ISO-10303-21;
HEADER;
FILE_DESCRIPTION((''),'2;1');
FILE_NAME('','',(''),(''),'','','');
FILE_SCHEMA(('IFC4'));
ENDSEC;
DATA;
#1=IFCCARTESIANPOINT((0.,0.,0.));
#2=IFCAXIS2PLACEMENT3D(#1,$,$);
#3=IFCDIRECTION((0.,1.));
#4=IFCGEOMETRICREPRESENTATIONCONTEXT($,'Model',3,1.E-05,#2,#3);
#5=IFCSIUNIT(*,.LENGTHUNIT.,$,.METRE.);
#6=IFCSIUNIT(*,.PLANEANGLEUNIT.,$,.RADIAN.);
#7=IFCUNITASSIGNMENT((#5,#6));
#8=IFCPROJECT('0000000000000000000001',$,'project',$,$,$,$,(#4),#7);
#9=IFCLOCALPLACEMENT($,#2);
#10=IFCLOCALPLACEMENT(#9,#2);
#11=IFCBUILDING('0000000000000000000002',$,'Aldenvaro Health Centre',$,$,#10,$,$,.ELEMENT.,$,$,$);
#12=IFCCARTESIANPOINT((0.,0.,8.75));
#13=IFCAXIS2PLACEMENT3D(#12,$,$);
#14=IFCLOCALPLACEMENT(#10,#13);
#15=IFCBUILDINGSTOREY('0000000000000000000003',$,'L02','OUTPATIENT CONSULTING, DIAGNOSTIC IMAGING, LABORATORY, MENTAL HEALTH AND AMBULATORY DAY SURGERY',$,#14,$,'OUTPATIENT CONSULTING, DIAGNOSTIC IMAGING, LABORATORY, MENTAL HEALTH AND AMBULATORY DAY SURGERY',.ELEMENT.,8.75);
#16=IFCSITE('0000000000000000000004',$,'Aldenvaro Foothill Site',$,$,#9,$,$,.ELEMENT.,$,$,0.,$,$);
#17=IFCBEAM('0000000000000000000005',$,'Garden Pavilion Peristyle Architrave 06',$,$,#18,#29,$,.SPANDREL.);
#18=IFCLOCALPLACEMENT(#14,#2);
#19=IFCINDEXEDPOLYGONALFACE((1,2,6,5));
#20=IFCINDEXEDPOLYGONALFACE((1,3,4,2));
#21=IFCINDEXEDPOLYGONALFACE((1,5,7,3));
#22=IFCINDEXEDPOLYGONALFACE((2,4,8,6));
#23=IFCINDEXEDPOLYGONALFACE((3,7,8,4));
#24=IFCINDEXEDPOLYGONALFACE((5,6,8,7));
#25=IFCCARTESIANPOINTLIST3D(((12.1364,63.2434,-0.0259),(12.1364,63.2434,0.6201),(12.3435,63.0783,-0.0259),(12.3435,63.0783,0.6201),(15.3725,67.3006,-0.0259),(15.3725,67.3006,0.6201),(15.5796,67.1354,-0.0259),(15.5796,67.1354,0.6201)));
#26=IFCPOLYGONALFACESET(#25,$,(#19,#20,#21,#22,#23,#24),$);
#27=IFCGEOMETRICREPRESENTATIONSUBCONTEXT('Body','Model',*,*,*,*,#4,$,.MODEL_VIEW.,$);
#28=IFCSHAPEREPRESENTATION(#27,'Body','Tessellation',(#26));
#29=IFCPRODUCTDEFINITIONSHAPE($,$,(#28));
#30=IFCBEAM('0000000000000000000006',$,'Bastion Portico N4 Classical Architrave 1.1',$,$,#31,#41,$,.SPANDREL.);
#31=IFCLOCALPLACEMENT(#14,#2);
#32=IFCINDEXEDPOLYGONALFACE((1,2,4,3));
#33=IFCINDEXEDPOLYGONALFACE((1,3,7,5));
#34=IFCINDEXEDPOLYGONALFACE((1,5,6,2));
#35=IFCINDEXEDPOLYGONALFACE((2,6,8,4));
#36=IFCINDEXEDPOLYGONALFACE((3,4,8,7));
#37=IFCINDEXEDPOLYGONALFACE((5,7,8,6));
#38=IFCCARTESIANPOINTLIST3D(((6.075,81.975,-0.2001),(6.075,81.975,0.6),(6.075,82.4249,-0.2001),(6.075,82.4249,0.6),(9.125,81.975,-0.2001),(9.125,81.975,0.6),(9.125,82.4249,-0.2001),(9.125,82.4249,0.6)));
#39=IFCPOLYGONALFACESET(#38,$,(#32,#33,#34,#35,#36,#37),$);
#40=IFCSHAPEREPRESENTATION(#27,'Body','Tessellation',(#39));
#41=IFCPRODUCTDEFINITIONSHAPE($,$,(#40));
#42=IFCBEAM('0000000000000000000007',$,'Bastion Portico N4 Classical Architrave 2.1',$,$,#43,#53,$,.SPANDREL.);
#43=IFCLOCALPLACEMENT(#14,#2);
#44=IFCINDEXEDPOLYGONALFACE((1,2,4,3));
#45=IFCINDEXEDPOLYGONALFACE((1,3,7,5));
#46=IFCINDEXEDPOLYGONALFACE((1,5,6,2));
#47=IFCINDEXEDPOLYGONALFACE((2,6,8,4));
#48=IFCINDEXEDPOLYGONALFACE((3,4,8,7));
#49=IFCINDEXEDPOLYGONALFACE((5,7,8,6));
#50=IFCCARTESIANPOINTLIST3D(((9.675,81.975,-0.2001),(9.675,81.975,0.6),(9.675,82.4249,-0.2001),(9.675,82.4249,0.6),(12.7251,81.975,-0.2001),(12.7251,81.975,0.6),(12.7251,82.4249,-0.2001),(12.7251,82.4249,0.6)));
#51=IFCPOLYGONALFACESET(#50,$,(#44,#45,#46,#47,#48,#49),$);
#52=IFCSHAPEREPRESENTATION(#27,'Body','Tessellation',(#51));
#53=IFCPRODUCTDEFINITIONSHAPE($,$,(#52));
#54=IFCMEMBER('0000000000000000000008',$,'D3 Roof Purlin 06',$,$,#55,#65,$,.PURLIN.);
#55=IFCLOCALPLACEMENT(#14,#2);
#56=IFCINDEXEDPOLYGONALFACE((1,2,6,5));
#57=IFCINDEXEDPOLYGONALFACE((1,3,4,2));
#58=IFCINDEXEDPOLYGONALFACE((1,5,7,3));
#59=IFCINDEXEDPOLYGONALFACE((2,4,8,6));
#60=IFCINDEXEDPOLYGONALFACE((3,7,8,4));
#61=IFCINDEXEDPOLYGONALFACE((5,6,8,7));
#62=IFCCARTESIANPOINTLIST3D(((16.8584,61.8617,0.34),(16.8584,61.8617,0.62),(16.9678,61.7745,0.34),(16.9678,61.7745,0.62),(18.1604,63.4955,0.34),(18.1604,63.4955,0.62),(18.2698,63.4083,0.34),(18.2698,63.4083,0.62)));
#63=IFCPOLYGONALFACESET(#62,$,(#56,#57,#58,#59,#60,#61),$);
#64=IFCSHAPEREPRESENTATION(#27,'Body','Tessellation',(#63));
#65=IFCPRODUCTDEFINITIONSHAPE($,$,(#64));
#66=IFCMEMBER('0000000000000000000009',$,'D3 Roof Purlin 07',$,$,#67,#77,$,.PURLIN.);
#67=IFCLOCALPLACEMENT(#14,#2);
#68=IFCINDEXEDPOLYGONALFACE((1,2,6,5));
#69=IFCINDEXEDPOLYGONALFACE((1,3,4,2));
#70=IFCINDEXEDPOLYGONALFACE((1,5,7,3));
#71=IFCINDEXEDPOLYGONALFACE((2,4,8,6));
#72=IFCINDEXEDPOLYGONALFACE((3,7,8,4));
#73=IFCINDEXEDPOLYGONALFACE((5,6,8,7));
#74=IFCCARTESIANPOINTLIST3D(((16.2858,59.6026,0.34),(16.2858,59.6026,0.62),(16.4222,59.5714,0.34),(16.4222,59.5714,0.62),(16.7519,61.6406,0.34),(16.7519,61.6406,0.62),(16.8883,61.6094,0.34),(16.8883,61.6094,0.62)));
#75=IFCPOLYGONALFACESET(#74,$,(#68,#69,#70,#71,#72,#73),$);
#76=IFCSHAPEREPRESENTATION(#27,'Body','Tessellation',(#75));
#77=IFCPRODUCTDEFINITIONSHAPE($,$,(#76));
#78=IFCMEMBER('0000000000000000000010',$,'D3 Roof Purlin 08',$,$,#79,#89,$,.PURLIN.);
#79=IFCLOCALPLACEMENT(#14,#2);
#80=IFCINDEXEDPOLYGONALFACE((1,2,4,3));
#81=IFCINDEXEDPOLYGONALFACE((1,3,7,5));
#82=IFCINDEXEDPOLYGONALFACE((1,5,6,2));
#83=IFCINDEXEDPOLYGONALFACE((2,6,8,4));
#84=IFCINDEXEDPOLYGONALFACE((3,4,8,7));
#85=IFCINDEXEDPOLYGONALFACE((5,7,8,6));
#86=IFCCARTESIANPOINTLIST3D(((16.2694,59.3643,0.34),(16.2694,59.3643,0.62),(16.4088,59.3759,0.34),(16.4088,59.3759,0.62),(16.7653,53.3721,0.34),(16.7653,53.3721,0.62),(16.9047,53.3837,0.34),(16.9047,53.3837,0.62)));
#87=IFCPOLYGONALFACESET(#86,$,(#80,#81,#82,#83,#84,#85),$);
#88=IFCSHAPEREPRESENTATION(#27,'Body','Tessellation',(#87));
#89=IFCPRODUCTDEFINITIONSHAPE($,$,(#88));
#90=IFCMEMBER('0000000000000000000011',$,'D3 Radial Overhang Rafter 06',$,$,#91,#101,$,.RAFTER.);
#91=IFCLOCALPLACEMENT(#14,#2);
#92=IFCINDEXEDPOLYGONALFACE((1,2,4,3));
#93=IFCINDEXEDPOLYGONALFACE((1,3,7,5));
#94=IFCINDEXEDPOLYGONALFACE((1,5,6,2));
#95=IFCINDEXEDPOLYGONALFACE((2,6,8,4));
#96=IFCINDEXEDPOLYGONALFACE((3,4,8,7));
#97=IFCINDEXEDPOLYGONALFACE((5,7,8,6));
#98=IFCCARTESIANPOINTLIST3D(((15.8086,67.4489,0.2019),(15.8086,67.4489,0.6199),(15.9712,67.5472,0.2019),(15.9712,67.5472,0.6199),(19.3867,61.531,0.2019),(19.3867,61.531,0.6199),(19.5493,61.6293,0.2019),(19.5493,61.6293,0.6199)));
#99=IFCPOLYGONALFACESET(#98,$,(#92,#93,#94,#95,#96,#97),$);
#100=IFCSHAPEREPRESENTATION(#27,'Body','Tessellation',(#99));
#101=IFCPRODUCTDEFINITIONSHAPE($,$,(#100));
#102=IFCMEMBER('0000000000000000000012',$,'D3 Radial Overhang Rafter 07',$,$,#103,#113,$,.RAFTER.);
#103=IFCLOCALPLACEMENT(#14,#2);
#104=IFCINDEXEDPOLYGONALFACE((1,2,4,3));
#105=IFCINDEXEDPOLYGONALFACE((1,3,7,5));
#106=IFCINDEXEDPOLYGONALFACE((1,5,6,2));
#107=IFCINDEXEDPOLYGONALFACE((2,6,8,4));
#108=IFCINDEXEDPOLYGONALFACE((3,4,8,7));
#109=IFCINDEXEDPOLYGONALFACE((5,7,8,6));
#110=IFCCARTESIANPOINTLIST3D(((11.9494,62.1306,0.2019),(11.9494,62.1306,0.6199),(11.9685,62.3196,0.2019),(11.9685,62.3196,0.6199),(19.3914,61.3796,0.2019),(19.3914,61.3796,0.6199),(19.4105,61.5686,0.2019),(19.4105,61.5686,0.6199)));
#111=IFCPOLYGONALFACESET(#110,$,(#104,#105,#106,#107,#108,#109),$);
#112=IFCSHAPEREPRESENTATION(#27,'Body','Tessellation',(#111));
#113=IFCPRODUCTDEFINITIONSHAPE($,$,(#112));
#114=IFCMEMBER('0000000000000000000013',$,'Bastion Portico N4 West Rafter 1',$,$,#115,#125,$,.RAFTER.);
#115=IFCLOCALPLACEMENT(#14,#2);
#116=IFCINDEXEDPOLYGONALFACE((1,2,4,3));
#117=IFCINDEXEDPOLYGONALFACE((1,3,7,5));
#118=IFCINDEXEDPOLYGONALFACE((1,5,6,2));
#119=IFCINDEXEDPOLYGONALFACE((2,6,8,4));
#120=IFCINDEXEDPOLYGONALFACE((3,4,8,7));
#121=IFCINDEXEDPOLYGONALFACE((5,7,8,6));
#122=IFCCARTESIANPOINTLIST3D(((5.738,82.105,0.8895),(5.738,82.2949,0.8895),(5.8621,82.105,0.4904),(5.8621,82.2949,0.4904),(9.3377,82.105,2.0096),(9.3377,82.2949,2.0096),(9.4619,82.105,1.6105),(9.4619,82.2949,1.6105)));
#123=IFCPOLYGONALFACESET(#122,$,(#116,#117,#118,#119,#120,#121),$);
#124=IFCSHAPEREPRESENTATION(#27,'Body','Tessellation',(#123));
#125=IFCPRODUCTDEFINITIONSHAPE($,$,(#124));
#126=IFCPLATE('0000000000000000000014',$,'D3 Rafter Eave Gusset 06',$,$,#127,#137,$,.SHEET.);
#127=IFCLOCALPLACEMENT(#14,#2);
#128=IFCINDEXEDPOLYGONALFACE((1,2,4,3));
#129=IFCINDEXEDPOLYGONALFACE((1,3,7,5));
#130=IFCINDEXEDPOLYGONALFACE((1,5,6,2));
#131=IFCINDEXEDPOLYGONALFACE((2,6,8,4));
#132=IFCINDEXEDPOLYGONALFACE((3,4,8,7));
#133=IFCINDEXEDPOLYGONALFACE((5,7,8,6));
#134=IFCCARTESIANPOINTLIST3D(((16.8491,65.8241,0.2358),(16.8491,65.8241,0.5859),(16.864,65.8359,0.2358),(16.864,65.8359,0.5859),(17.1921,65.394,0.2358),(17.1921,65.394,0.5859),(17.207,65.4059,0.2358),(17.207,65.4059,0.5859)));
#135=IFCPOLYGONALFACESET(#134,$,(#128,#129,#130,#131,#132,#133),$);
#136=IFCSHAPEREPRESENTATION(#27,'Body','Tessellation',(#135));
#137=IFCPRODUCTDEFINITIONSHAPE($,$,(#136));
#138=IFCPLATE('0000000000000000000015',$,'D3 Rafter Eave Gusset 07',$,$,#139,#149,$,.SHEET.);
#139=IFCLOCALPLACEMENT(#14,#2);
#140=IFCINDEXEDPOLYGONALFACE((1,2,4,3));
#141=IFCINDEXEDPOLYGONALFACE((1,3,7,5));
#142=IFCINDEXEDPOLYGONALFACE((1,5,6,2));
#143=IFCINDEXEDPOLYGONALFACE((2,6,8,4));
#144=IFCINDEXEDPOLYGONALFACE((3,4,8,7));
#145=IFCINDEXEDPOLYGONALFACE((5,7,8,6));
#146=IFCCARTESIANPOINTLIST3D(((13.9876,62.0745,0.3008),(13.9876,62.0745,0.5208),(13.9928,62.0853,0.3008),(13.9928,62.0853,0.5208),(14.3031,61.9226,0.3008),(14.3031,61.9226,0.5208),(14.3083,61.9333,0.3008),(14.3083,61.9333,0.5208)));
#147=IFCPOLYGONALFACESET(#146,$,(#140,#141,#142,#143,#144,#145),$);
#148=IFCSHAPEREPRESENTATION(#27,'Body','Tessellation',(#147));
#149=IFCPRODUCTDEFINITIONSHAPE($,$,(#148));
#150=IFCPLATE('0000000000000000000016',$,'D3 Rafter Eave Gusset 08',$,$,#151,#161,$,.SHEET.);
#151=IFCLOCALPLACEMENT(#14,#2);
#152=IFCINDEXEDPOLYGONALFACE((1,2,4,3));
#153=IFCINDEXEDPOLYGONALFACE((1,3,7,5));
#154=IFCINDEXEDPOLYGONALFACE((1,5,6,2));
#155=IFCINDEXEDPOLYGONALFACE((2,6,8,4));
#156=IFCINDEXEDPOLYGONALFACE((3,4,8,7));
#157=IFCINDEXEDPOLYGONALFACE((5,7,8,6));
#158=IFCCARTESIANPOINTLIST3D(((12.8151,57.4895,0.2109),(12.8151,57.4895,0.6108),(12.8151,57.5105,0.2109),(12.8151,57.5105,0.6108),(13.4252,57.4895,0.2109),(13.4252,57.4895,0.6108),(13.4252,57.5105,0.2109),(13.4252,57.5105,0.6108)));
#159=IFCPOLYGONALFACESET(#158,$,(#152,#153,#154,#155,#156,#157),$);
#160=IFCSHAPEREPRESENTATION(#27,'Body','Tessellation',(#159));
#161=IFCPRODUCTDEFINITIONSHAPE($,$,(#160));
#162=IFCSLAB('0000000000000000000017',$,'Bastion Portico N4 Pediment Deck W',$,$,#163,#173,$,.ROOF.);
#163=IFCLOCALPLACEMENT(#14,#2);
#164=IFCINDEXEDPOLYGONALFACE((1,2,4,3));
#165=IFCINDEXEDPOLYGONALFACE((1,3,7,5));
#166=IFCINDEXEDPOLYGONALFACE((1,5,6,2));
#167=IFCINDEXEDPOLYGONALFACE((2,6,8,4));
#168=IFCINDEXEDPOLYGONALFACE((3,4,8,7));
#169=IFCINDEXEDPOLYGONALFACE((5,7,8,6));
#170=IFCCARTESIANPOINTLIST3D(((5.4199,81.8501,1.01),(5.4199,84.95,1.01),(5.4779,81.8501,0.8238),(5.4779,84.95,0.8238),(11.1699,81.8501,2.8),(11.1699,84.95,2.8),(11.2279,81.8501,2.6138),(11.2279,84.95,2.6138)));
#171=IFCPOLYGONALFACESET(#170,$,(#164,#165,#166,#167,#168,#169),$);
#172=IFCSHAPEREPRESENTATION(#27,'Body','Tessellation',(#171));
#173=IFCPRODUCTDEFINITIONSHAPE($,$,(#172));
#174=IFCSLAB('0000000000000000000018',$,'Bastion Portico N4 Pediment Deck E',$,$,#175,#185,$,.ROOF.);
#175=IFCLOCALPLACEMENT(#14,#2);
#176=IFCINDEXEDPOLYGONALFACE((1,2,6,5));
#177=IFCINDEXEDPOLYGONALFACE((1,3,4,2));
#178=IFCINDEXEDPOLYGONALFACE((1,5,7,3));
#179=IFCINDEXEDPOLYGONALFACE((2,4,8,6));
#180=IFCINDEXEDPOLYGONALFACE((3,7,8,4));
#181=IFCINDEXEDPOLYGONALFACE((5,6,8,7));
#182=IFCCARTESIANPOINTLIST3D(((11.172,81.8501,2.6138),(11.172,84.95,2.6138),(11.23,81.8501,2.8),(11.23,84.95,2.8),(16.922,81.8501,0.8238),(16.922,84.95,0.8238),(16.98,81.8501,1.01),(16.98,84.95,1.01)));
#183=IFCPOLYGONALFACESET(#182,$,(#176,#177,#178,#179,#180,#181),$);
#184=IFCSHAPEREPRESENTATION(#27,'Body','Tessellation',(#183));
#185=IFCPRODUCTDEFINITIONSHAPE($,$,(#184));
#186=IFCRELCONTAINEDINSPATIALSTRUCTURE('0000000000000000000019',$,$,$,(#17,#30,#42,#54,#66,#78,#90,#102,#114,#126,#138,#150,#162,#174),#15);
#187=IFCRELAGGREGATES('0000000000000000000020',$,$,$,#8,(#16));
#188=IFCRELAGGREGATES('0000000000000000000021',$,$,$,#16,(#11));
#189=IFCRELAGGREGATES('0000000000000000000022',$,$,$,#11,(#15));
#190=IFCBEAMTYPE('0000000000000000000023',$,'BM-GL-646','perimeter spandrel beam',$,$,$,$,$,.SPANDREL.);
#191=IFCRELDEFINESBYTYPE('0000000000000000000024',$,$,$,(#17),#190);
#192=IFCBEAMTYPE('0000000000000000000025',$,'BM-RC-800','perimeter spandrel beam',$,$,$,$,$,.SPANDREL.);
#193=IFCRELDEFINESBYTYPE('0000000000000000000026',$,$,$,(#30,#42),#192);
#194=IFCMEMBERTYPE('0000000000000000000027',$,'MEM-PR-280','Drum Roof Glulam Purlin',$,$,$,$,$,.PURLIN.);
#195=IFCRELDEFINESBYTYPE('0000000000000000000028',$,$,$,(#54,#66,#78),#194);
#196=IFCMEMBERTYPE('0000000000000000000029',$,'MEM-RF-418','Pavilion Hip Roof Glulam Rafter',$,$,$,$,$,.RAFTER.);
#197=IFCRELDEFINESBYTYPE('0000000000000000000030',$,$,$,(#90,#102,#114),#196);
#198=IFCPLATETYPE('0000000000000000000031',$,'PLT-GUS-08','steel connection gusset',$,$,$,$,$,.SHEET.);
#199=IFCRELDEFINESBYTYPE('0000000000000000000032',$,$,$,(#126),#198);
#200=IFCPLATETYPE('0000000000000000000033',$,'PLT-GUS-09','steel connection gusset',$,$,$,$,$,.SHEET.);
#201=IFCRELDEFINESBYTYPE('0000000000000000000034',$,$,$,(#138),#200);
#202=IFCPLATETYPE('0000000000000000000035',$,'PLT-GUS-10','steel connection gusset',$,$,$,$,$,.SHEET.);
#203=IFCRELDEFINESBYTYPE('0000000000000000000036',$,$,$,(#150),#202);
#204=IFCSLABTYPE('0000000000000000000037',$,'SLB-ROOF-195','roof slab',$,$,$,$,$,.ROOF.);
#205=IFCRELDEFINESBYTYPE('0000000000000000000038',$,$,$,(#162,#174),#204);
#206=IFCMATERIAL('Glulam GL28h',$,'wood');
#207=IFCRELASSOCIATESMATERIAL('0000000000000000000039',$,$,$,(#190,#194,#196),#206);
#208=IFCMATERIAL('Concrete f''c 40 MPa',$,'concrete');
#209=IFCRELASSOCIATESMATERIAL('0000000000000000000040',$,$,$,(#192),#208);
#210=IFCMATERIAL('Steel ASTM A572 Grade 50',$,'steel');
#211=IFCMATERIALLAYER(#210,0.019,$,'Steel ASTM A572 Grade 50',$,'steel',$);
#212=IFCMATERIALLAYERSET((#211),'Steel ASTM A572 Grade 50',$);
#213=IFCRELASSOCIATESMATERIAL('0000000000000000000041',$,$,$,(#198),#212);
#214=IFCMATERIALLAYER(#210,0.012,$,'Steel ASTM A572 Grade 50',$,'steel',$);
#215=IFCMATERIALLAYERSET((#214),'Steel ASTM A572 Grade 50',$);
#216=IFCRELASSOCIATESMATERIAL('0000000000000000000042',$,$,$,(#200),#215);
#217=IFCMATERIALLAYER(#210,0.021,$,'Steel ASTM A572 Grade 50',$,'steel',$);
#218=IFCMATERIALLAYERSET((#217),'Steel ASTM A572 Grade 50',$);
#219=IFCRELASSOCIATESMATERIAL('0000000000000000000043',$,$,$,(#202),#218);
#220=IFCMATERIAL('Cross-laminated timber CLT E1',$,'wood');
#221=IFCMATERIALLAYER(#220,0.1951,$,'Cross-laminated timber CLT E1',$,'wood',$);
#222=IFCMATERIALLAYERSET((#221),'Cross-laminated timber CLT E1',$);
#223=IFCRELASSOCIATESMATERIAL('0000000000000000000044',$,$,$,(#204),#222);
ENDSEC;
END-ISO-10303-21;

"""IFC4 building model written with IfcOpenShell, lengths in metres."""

from ifc_helpers import new_model, si_unit, direction, frame, origin, origin_2d, place, context, subcontext, project, spatial, polyline, rectangle, outline, extrude, material, layer, layer_set, material_profile, profile_set, type_object, element, save


model = new_model("IFC4")

# Units and contexts
model_context = context("Model", 3, precision=1e-05, world=origin(), true_north=direction((0.0, 1.0)))
body_context = subcontext(model_context, "Body", "Model", "MODEL_VIEW")
ifc_project = project(units=[si_unit("LENGTHUNIT", "METRE"), si_unit("PLANEANGLEUNIT", "RADIAN")], contexts=[model_context])

# Site, building, storey
site_placement = place(None, origin())
site = spatial("IfcSite", under=ifc_project, at=site_placement, Name="Aldenvaro Foothill Site", CompositionType="ELEMENT", RefElevation=0.0)
building_placement = place(site_placement, origin())
building = spatial("IfcBuilding", under=site, at=building_placement, Name="Aldenvaro Health Centre", CompositionType="ELEMENT")
storey_placement = place(building_placement, frame((0.0, 0.0, 8.75)))
storey = spatial("IfcBuildingStorey", under=building, at=storey_placement, Name="L02", Description="OUTPATIENT CONSULTING, DIAGNOSTIC IMAGING, LABORATORY, MENTAL HEALTH AND AMBULATORY DAY SURGERY", LongName="OUTPATIENT CONSULTING, DIAGNOSTIC IMAGING, LABORATORY, MENTAL HEALTH AND AMBULATORY DAY SURGERY", CompositionType="ELEMENT", Elevation=8.75)

# Shared definitions
ifc_material_1 = material(Name="Glulam GL28h", Category="wood")
ifc_material_2 = material(Name="Concrete f'c 40 MPa", Category="concrete")

# Beams
ifc_material_profile_1 = material_profile(ifc_material_1, rectangle(XDim=0.2649, YDim=0.646, at=origin_2d()), Name="GL 265x646", Category="wood")
ifc_profile_set_1 = profile_set([ifc_material_profile_1], Name="Glulam GL28h")
beam_type_1 = type_object("IfcBeamType", Name="BM-GL-646", Description="perimeter spandrel beam", PredefinedType="SPANDREL", material=ifc_profile_set_1)
beam_1_placement = place(storey_placement, frame((15.4761, 67.218, 0.2971), z_axis=(-0.623564, -0.781772, 0.0), x_axis=(0.781772, -0.623564, 0.0)))
element("IfcBeam", 1, at=beam_1_placement, inside=storey, type_object=beam_type_1, Name="Garden Pavilion Peristyle Architrave 06", PredefinedType="SPANDREL", context=body_context, shape_type="SweptSolid", body=[
    extrude(rectangle(XDim=0.2649, YDim=0.646, at=origin_2d()), origin(), (0.0, 0.0, 1.0), 5.1897),
])
ifc_material_profile_2 = material_profile(ifc_material_2, rectangle(XDim=0.45, YDim=0.8, at=origin_2d()), Name="RC 450x800", Category="concrete")
ifc_profile_set_2 = profile_set([ifc_material_profile_2], Name="Concrete f'c 40 MPa")
beam_type_2 = type_object("IfcBeamType", Name="BM-RC-800", Description="perimeter spandrel beam", PredefinedType="SPANDREL", material=ifc_profile_set_2)
for number, where, z_axis, x_axis, name in (
    (2, (6.075, 82.2, 0.2), (1.0, 0.0, 0.0), (0.0, 1.0, 0.0), "Bastion Portico N4 Classical Architrave 1.1"),
    (3, (9.675, 82.2, 0.2), (1.0, 0.0, 0.0), (0.0, 1.0, 0.0), "Bastion Portico N4 Classical Architrave 2.1"),
):
    element("IfcBeam", number, at=place(storey_placement, frame(where, z_axis=z_axis, x_axis=x_axis)), inside=storey, type_object=beam_type_2, Name=name, PredefinedType="SPANDREL", context=body_context, shape_type="SweptSolid", body=[
        extrude(rectangle(XDim=0.45, YDim=0.8, at=origin_2d()), origin(), (0.0, 0.0, 1.0), 3.05),
    ])

# Members
ifc_material_profile_3 = material_profile(ifc_material_1, rectangle(XDim=0.1399, YDim=0.28, at=origin_2d()), Name="GL 140x280", Category="wood")
ifc_profile_set_3 = profile_set([ifc_material_profile_3], Name="Glulam GL28h")
member_type_1 = type_object("IfcMemberType", Name="MEM-PR-280", Description="Drum Roof Glulam Purlin", PredefinedType="PURLIN", material=ifc_profile_set_3)
member_1_placement = place(storey_placement, frame((18.2151, 63.4519, 0.48), z_axis=(-0.623226, -0.782042, 0.0), x_axis=(0.782042, -0.623226, 0.0)))
element("IfcMember", 4, at=member_1_placement, inside=storey, type_object=member_type_1, Name="D3 Roof Purlin 06", PredefinedType="PURLIN", context=body_context, shape_type="SweptSolid", body=[
    extrude(rectangle(XDim=0.1399, YDim=0.28, at=origin_2d()), origin(), (0.0, 0.0, 1.0), 2.0891),
])
member_2_placement = place(storey_placement, frame((16.8201, 61.625, 0.48), z_axis=(-0.222923, -0.974836, 0.0), x_axis=(0.974836, -0.222923, 0.0)))
element("IfcMember", 5, at=member_2_placement, inside=storey, type_object=member_type_1, Name="D3 Roof Purlin 07", PredefinedType="PURLIN", context=body_context, shape_type="SweptSolid", body=[
    extrude(rectangle(XDim=0.1399, YDim=0.28, at=origin_2d()), origin(), (0.0, 0.0, 1.0), 2.0906),
])
member_3_placement = place(storey_placement, frame((16.3391, 59.3701, 0.48), z_axis=(0.082467, -0.996594, 0.0), x_axis=(0.996594, 0.082467, 0.0)))
element("IfcMember", 6, at=member_3_placement, inside=storey, type_object=member_type_1, Name="D3 Roof Purlin 08", PredefinedType="PURLIN", context=body_context, shape_type="SweptSolid", body=[
    extrude(rectangle(XDim=0.1399, YDim=0.28, at=origin_2d()), origin(), (0.0, 0.0, 1.0), 6.0127),
])
ifc_material_profile_4 = material_profile(ifc_material_1, rectangle(XDim=0.1899, YDim=0.418, at=origin_2d()), Name="GL 190x418", Category="wood")
ifc_profile_set_4 = profile_set([ifc_material_profile_4], Name="Glulam GL28h")
member_type_2 = type_object("IfcMemberType", Name="MEM-RF-418", Description="Pavilion Hip Roof Glulam Rafter", PredefinedType="RAFTER", material=ifc_profile_set_4)
member_4_placement = place(storey_placement, frame((15.8899, 67.498, 0.4109), z_axis=(0.5174, -0.855744, 0.0), x_axis=(0.855744, 0.5174, 0.0)))
element("IfcMember", 7, at=member_4_placement, inside=storey, type_object=member_type_2, Name="D3 Radial Overhang Rafter 06", PredefinedType="RAFTER", context=body_context, shape_type="SweptSolid", body=[
    extrude(rectangle(XDim=0.1899, YDim=0.418, at=origin_2d()), origin(), (0.0, 0.0, 1.0), 6.9155),
])
member_5_placement = place(storey_placement, frame((11.959, 62.2251, 0.4109), z_axis=(0.994947, -0.100402, 0.0), x_axis=(0.100402, 0.994947, 0.0)))
element("IfcMember", 8, at=member_5_placement, inside=storey, type_object=member_type_2, Name="D3 Radial Overhang Rafter 07", PredefinedType="RAFTER", context=body_context, shape_type="SweptSolid", body=[
    extrude(rectangle(XDim=0.1899, YDim=0.418, at=origin_2d()), origin(), (0.0, 0.0, 1.0), 7.4797),
])
member_6_placement = place(storey_placement, frame((5.8, 82.2, 0.6899), z_axis=(0.954845, 0.0, 0.297106), x_axis=(0.0, 1.0, 0.0)))
element("IfcMember", 9, at=member_6_placement, inside=storey, type_object=member_type_2, Name="Bastion Portico N4 West Rafter 1", PredefinedType="RAFTER", context=body_context, shape_type="SweptSolid", body=[
    extrude(rectangle(XDim=0.1899, YDim=0.418, at=origin_2d()), origin(), (0.0, 0.0, 1.0), 3.77),
])

# Plates
ifc_material_3 = material(Name="Steel ASTM A572 Grade 50", Category="steel")
ifc_layer_1 = layer(ifc_material_3, 0.019, Name="Steel ASTM A572 Grade 50", Category="steel")
ifc_layer_set_1 = layer_set([ifc_layer_1], Name="Steel ASTM A572 Grade 50")
plate_type_1 = type_object("IfcPlateType", Name="PLT-GUS-08", Description="steel connection gusset", PredefinedType="SHEET", material=ifc_layer_set_1)
plate_1_placement = place(storey_placement, frame((17.0281, 65.615, 0.2358), z_axis=(0.0, 0.0, 1.0), x_axis=(-0.623519, 0.781808, 0.0)))
element("IfcPlate", 10, at=plate_1_placement, inside=storey, type_object=plate_type_1, Name="D3 Rafter Eave Gusset 06", PredefinedType="SHEET", context=body_context, shape_type="SweptSolid", body=[
    extrude(rectangle(XDim=0.55, YDim=0.019, at=origin_2d()), origin(), (0.0, 0.0, 1.0), 0.3501),
])
ifc_layer_2 = layer(ifc_material_3, 0.012, Name="Steel ASTM A572 Grade 50", Category="steel")
ifc_layer_set_2 = layer_set([ifc_layer_2], Name="Steel ASTM A572 Grade 50")
plate_type_2 = type_object("IfcPlateType", Name="PLT-GUS-09", Description="steel connection gusset", PredefinedType="SHEET", material=ifc_layer_set_2)
plate_2_placement = place(storey_placement, frame((14.1479, 62.0039, 0.3008), z_axis=(0.0, 0.0, 1.0), x_axis=(-0.900957, 0.433908, 0.0)))
element("IfcPlate", 11, at=plate_2_placement, inside=storey, type_object=plate_type_2, Name="D3 Rafter Eave Gusset 07", PredefinedType="SHEET", context=body_context, shape_type="SweptSolid", body=[
    extrude(rectangle(XDim=0.3501, YDim=0.012, at=origin_2d()), origin(), (0.0, 0.0, 1.0), 0.22),
])
ifc_layer_3 = layer(ifc_material_3, 0.021, Name="Steel ASTM A572 Grade 50", Category="steel")
ifc_layer_set_3 = layer_set([ifc_layer_3], Name="Steel ASTM A572 Grade 50")
plate_type_3 = type_object("IfcPlateType", Name="PLT-GUS-10", Description="steel connection gusset", PredefinedType="SHEET", material=ifc_layer_set_3)
plate_3_placement = place(storey_placement, frame((13.1201, 57.5, 0.2109), z_axis=(0.0, 0.0, 1.0), x_axis=(-1.0, 0.0, 0.0)))
element("IfcPlate", 12, at=plate_3_placement, inside=storey, type_object=plate_type_3, Name="D3 Rafter Eave Gusset 08", PredefinedType="SHEET", context=body_context, shape_type="SweptSolid", body=[
    extrude(rectangle(XDim=0.6101, YDim=0.021, at=origin_2d()), origin(), (0.0, 0.0, 1.0), 0.3999),
])

# Slabs
ifc_material_4 = material(Name="Cross-laminated timber CLT E1", Category="wood")
ifc_layer_4 = layer(ifc_material_4, 0.1951, Name="Cross-laminated timber CLT E1", Category="wood")
ifc_layer_set_4 = layer_set([ifc_layer_4], Name="Cross-laminated timber CLT E1")
slab_type = type_object("IfcSlabType", Name="SLB-ROOF-195", Description="roof slab", PredefinedType="ROOF", material=ifc_layer_set_4)
for number, where, z_axis, x_axis, name in (
    (13, (5.4199, 81.8501, 1.01), (-0.297241, 0.0, 0.954803), (0.954803, 0.0, 0.297241), "Bastion Portico N4 Pediment Deck W"),
    (14, (11.23, 81.8501, 2.8), (0.297241, 0.0, 0.954803), (0.954803, 0.0, -0.297241), "Bastion Portico N4 Pediment Deck E"),
):
    element("IfcSlab", number, at=place(storey_placement, frame(where, z_axis=z_axis, x_axis=x_axis)), inside=storey, type_object=slab_type, Name=name, PredefinedType="ROOF", context=body_context, shape_type="SweptSolid", body=[
        extrude(outline(polyline([(0.0, 0.0), (6.0222, 0.0), (6.0222, 3.0999), (0.0, 3.0999), (0.0, 0.0)])), origin(), (0.0, 0.0, -1.0), 0.1951),
    ])

save(model, "model.ifc")
